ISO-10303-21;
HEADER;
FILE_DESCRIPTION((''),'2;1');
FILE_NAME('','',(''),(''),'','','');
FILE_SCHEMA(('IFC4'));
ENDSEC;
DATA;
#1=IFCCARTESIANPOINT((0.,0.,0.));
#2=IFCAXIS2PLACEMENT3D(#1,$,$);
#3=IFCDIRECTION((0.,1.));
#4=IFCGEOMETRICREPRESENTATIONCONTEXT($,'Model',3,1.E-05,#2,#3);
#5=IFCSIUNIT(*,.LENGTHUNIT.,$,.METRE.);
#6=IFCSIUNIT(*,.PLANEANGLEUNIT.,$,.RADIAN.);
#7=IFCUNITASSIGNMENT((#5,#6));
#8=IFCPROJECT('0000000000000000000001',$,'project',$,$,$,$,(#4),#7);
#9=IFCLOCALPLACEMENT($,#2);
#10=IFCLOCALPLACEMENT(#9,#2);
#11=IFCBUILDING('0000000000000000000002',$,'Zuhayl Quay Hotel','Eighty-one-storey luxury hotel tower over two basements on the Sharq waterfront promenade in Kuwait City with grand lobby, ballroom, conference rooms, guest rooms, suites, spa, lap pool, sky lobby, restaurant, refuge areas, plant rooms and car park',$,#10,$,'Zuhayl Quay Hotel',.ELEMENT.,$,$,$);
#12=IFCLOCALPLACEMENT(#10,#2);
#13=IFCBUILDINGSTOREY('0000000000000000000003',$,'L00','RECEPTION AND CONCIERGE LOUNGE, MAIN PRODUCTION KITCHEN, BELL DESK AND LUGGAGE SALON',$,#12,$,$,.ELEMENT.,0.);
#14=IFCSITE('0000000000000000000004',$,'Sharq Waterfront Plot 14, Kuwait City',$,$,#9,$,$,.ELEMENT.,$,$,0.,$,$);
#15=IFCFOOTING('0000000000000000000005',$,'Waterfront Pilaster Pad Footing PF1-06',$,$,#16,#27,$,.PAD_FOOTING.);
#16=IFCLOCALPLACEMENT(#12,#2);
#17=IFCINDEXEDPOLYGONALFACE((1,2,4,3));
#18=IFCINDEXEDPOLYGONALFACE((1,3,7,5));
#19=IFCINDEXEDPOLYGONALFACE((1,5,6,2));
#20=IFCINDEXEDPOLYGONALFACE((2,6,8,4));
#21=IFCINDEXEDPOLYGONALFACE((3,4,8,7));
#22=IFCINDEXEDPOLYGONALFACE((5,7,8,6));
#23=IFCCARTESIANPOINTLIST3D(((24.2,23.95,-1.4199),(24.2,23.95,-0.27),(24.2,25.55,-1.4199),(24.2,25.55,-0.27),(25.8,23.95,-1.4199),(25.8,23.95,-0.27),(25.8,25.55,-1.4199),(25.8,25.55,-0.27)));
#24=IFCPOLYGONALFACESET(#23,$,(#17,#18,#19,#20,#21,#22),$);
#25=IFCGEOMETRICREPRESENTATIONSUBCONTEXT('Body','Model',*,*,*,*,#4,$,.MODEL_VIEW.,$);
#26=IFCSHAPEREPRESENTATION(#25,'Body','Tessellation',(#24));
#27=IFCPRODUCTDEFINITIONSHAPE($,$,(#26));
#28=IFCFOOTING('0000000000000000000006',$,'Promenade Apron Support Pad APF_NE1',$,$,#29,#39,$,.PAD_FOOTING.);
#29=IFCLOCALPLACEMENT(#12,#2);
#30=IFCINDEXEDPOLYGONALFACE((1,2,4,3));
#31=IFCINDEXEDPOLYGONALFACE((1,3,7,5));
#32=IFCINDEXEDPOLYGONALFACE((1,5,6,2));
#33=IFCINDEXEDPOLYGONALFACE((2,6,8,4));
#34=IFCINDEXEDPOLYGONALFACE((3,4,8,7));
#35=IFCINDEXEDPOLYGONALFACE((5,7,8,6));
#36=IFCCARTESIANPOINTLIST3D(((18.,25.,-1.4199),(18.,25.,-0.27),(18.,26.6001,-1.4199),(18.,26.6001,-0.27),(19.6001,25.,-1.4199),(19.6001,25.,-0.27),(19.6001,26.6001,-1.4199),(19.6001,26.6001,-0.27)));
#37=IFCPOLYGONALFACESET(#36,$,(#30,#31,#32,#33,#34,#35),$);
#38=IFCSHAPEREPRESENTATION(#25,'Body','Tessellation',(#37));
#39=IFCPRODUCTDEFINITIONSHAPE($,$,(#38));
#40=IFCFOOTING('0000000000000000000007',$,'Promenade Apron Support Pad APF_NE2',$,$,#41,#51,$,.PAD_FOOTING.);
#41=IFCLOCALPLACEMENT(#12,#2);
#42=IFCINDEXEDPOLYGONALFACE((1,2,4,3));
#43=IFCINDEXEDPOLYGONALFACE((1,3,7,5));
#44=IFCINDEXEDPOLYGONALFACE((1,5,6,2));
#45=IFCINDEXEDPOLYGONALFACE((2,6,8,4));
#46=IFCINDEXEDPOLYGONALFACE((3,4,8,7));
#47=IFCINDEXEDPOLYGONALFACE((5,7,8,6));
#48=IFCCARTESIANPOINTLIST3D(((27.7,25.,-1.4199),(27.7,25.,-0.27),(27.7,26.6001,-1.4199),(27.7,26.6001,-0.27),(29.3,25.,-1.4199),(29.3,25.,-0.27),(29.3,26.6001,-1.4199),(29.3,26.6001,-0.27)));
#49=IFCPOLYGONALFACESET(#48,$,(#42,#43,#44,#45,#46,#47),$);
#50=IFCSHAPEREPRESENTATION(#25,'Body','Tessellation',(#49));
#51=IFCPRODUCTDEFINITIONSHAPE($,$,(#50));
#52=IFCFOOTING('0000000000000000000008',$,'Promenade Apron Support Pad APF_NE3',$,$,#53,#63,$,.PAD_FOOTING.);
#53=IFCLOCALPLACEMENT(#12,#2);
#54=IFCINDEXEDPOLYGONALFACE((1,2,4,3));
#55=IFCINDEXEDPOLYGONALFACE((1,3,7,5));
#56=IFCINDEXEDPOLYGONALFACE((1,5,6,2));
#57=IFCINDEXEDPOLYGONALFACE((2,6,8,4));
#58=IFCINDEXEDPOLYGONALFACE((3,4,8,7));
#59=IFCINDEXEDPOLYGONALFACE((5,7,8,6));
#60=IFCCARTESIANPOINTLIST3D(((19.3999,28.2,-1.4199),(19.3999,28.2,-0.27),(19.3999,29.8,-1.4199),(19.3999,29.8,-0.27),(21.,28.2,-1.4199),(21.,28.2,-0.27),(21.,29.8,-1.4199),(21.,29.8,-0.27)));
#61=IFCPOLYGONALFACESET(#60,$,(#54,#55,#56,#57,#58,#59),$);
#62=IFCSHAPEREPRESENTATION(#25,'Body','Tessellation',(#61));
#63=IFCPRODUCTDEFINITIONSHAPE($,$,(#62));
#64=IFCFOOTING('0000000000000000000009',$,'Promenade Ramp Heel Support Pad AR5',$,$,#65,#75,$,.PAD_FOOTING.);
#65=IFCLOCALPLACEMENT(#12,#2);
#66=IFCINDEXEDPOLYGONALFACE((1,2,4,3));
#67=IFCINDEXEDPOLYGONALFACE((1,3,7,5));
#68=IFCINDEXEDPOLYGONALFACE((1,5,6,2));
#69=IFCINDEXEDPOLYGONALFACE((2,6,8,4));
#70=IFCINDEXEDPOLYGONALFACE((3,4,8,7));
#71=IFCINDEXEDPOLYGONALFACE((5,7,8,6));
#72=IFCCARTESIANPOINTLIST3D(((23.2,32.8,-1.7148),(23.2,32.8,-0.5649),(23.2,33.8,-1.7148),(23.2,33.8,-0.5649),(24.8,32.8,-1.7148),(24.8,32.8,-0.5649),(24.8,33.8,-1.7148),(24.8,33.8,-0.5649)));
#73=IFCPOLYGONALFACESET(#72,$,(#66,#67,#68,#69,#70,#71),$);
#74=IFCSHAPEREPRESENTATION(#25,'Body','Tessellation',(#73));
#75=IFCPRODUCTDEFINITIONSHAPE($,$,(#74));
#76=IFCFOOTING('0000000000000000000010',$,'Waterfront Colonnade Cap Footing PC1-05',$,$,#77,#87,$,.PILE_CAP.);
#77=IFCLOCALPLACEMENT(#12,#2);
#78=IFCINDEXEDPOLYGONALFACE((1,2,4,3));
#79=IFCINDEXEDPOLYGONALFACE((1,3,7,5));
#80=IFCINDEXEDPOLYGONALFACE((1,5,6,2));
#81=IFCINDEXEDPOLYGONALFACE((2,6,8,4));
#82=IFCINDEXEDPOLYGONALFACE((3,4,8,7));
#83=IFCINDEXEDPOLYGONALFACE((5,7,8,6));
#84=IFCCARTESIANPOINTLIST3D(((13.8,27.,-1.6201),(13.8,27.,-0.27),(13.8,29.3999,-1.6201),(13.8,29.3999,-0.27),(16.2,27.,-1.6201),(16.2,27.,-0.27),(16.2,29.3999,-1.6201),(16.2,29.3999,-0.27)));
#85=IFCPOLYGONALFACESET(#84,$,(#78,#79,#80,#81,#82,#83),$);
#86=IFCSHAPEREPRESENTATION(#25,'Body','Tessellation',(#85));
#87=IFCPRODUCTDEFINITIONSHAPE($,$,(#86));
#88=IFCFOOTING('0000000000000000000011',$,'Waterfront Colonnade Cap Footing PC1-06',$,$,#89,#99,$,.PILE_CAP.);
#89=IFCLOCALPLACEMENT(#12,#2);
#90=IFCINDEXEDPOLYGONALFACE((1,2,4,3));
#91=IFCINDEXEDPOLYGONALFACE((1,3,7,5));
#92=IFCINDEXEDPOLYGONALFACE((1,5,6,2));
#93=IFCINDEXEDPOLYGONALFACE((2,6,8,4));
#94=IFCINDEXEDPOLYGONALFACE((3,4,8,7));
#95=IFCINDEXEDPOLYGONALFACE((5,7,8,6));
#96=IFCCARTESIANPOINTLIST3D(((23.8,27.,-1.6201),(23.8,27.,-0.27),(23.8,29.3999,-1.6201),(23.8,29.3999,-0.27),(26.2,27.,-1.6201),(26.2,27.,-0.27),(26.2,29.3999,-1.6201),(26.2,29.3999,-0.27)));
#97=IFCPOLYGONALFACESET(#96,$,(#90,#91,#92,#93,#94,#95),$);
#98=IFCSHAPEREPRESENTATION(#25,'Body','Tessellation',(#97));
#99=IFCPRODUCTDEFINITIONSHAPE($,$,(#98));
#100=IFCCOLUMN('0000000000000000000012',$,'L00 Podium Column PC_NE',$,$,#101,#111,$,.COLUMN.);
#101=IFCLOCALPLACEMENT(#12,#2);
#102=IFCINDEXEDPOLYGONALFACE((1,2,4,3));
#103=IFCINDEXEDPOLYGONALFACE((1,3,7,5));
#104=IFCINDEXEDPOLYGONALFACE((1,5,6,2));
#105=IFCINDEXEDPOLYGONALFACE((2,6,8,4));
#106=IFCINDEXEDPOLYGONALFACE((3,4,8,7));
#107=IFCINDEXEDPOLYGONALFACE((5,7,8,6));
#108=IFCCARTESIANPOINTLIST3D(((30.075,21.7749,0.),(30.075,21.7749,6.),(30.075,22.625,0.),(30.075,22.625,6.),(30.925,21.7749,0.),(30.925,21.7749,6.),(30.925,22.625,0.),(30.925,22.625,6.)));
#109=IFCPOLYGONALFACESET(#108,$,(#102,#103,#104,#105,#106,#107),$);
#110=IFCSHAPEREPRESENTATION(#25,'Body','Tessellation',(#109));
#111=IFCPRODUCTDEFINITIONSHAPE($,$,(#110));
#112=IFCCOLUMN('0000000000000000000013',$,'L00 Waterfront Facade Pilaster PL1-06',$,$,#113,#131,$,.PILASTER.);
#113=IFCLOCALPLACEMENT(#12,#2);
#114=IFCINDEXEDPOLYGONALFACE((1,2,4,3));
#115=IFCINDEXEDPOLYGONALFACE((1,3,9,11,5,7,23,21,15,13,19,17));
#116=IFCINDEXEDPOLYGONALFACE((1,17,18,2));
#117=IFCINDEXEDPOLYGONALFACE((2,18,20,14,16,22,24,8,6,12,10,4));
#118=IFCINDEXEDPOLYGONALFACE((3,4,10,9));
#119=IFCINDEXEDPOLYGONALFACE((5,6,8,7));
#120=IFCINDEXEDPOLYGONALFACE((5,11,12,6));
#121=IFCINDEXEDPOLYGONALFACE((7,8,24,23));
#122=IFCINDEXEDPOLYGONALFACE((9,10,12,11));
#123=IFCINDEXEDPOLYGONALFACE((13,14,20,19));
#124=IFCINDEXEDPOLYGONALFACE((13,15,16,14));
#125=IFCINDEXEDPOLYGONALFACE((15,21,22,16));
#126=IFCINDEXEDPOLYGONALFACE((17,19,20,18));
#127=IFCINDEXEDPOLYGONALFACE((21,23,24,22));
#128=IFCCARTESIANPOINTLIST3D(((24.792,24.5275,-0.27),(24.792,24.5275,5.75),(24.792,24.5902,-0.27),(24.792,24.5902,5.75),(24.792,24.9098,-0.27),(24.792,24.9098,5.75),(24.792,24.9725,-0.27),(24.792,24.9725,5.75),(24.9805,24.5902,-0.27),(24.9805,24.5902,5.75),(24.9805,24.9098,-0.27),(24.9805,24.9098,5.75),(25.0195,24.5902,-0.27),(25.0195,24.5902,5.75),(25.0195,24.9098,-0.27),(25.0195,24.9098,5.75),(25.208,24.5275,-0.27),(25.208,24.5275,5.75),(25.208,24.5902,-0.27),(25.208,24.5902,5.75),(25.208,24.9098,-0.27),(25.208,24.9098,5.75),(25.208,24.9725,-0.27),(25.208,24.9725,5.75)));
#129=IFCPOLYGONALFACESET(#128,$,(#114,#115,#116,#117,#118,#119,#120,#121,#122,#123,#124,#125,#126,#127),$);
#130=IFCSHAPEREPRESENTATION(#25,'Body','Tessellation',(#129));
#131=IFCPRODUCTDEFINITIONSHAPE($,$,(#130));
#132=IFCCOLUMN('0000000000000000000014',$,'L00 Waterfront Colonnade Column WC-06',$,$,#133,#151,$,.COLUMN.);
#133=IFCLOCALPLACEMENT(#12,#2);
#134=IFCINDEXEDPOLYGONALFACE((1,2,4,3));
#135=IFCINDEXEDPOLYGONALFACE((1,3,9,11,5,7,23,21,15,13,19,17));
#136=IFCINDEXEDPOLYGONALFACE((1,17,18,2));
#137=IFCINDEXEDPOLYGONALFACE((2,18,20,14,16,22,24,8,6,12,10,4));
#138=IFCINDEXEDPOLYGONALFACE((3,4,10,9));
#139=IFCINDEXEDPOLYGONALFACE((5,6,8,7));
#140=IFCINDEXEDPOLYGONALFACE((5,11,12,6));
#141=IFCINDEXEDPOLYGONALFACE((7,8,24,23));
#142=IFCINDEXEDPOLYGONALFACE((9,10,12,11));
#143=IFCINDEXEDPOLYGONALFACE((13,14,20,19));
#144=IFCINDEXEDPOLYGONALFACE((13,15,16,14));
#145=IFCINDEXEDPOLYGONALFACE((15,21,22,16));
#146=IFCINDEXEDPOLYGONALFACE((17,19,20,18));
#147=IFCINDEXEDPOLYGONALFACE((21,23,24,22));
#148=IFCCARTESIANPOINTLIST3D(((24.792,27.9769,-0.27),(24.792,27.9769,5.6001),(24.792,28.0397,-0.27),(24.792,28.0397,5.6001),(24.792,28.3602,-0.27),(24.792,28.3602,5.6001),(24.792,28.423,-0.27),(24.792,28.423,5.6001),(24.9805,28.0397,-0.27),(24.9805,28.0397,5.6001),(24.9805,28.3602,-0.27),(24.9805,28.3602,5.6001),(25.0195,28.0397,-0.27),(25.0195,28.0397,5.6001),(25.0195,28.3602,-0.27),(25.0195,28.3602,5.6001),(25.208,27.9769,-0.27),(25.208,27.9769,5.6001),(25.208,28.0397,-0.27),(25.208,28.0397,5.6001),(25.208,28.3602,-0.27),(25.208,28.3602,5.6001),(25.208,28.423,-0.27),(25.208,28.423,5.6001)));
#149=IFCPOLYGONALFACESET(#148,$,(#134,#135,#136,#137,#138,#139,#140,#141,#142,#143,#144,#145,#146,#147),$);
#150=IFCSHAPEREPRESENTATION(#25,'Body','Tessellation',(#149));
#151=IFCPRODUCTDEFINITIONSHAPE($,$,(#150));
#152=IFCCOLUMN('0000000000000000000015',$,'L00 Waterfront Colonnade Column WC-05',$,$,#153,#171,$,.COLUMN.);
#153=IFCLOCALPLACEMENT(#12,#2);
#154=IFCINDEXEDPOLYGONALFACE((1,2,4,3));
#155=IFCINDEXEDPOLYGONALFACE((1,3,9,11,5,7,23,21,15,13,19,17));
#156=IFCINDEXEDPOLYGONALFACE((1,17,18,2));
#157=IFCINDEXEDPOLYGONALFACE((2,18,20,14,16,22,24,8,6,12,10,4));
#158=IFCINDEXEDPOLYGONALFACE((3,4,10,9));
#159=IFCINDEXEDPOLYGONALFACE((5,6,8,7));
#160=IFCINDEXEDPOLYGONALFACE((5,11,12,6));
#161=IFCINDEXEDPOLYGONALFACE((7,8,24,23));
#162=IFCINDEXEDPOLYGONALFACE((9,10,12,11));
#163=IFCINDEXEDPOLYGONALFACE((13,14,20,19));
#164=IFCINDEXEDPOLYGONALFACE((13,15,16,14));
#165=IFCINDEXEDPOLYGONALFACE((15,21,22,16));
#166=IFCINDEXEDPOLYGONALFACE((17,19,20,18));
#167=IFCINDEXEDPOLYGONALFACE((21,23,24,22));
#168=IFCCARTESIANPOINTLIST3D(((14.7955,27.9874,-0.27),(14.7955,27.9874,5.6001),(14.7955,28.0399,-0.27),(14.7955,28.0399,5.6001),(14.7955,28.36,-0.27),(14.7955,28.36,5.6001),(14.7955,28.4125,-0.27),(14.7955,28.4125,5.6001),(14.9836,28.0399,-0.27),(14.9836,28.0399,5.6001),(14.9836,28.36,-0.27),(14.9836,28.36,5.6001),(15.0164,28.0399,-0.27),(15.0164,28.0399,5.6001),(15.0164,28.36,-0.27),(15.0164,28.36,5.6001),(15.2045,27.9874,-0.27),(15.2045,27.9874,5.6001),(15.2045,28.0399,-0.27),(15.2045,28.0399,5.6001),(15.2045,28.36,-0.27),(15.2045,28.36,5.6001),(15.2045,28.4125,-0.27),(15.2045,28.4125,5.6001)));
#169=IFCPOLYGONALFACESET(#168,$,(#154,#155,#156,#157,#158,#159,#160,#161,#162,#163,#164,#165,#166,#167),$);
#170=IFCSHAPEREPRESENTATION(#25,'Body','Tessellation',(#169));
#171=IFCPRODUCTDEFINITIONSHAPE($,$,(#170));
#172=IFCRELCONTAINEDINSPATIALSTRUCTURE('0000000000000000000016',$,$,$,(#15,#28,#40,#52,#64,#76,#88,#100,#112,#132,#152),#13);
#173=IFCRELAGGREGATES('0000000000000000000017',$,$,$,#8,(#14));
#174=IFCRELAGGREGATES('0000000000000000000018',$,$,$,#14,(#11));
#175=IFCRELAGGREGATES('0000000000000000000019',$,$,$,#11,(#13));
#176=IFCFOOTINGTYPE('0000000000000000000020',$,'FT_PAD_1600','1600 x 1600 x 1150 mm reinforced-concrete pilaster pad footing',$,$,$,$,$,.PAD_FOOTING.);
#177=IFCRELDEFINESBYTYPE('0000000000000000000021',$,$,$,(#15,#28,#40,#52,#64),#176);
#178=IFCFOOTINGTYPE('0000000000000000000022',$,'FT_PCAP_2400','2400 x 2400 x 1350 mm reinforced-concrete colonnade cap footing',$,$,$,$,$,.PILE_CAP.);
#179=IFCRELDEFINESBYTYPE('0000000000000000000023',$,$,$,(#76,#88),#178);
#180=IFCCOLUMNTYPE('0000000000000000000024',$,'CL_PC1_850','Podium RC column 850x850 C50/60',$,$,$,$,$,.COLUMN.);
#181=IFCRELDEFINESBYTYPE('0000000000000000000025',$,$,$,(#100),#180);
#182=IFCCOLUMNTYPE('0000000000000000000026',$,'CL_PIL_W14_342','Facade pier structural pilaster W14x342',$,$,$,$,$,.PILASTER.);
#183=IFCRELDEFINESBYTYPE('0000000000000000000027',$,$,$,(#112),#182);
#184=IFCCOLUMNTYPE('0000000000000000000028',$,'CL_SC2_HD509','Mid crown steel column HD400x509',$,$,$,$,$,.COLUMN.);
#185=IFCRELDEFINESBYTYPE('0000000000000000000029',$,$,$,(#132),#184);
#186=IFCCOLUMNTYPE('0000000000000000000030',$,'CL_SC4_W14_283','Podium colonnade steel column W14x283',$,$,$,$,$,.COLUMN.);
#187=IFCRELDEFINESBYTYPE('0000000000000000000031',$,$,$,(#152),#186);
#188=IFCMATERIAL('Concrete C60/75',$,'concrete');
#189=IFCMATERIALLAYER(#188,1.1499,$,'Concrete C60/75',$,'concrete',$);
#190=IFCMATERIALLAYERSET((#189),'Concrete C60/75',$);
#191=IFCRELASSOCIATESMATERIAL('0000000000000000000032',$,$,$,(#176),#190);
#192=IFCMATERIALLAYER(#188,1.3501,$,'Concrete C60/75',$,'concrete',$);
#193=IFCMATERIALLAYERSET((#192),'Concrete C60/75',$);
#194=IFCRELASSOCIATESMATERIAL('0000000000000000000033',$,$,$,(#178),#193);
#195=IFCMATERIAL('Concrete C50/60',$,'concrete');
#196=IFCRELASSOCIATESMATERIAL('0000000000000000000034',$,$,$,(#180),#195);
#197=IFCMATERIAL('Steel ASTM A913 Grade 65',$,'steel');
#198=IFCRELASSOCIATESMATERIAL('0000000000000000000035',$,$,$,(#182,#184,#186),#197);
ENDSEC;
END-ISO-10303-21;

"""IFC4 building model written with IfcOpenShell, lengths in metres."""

from ifc_helpers import new_model, si_unit, direction, frame, origin, origin_2d, place, context, subcontext, project, spatial, rectangle, i_section, extrude, material, layer, layer_set, material_profile, profile_set, type_object, element, save


model = new_model("IFC4")

# Units and contexts
model_context = context("Model", 3, precision=1e-05, world=origin(), true_north=direction((0.0, 1.0)))
body_context = subcontext(model_context, "Body", "Model", "MODEL_VIEW")
ifc_project = project(units=[si_unit("LENGTHUNIT", "METRE"), si_unit("PLANEANGLEUNIT", "RADIAN")], contexts=[model_context])

# Site, building, storey
site_placement = place(None, origin())
site = spatial("IfcSite", under=ifc_project, at=site_placement, Name="Sharq Waterfront Plot 14, Kuwait City", CompositionType="ELEMENT", RefElevation=0.0)
building_placement = place(site_placement, origin())
building = spatial("IfcBuilding", under=site, at=building_placement, Name="Zuhayl Quay Hotel", Description="Eighty-one-storey luxury hotel tower over two basements on the Sharq waterfront promenade in Kuwait City with grand lobby, ballroom, conference rooms, guest rooms, suites, spa, lap pool, sky lobby, restaurant, refuge areas, plant rooms and car park", LongName="Zuhayl Quay Hotel", CompositionType="ELEMENT")
storey_placement = place(building_placement, origin())
storey = spatial("IfcBuildingStorey", under=building, at=storey_placement, Name="L00", Description="RECEPTION AND CONCIERGE LOUNGE, MAIN PRODUCTION KITCHEN, BELL DESK AND LUGGAGE SALON", CompositionType="ELEMENT", Elevation=0.0)

# Footings
ifc_material_1 = material(Name="Concrete C60/75", Category="concrete")
ifc_layer_1 = layer(ifc_material_1, 1.1499, Name="Concrete C60/75", Category="concrete")
ifc_layer_set_1 = layer_set([ifc_layer_1], Name="Concrete C60/75")
footing_type_1 = type_object("IfcFootingType", Name="FT_PAD_1600", Description="1600 x 1600 x 1150 mm reinforced-concrete pilaster pad footing", PredefinedType="PAD_FOOTING", material=ifc_layer_set_1)
for number, where, z_axis, x_axis, name in (
    (1, (25.0, 24.75, -1.4199), (0.0, 0.0, 1.0), (1.0, 0.0, 0.0), "Waterfront Pilaster Pad Footing PF1-06"),
    (2, (18.8, 25.8, -1.4199), (0.0, 0.0, 1.0), (1.0, 0.0, 0.0), "Promenade Apron Support Pad APF_NE1"),
    (3, (28.5, 25.8, -1.4199), (0.0, 0.0, 1.0), (1.0, 0.0, 0.0), "Promenade Apron Support Pad APF_NE2"),
    (4, (20.2, 29.0, -1.4199), (0.0, 0.0, 1.0), (1.0, 0.0, 0.0), "Promenade Apron Support Pad APF_NE3"),
):
    element("IfcFooting", number, at=place(storey_placement, frame(where, z_axis=z_axis, x_axis=x_axis)), inside=storey, type_object=footing_type_1, Name=name, PredefinedType="PAD_FOOTING", context=body_context, shape_type="SweptSolid", body=[
        extrude(rectangle(XDim=1.6001, YDim=1.6001, at=origin_2d()), origin(), (0.0, 0.0, 1.0), 1.1499),
    ])
footing_placement = place(storey_placement, frame((24.0, 33.3, -1.7148), z_axis=(0.0, 0.0, 1.0), x_axis=(1.0, 0.0, 0.0)))
element("IfcFooting", 5, at=footing_placement, inside=storey, type_object=footing_type_1, Name="Promenade Ramp Heel Support Pad AR5", PredefinedType="PAD_FOOTING", context=body_context, shape_type="SweptSolid", body=[
    extrude(rectangle(XDim=1.6001, YDim=1.0, at=origin_2d()), origin(), (0.0, 0.0, 1.0), 1.1499),
])
ifc_layer_2 = layer(ifc_material_1, 1.3501, Name="Concrete C60/75", Category="concrete")
ifc_layer_set_2 = layer_set([ifc_layer_2], Name="Concrete C60/75")
footing_type_2 = type_object("IfcFootingType", Name="FT_PCAP_2400", Description="2400 x 2400 x 1350 mm reinforced-concrete colonnade cap footing", PredefinedType="PILE_CAP", material=ifc_layer_set_2)
for number, where, z_axis, x_axis, name in (
    (6, (15.0, 28.2, -1.6201), (0.0, 0.0, 1.0), (1.0, 0.0, 0.0), "Waterfront Colonnade Cap Footing PC1-05"),
    (7, (25.0, 28.2, -1.6201), (0.0, 0.0, 1.0), (1.0, 0.0, 0.0), "Waterfront Colonnade Cap Footing PC1-06"),
):
    element("IfcFooting", number, at=place(storey_placement, frame(where, z_axis=z_axis, x_axis=x_axis)), inside=storey, type_object=footing_type_2, Name=name, PredefinedType="PILE_CAP", context=body_context, shape_type="SweptSolid", body=[
        extrude(rectangle(XDim=2.3999, YDim=2.3999, at=origin_2d()), origin(), (0.0, 0.0, 1.0), 1.3501),
    ])

# Columns
ifc_material_2 = material(Name="Concrete C50/60", Category="concrete")
ifc_material_profile_1 = material_profile(ifc_material_2, rectangle(XDim=0.8501, YDim=0.8501, at=origin_2d()), Name="RC850X850")
ifc_profile_set_1 = profile_set([ifc_material_profile_1], Name="Concrete C50/60")
column_type_1 = type_object("IfcColumnType", Name="CL_PC1_850", Description="Podium RC column 850x850 C50/60", PredefinedType="COLUMN", material=ifc_profile_set_1)
column_1_placement = place(storey_placement, frame((30.5, 22.2, 0.0), z_axis=(0.0, 0.0, 1.0), x_axis=(1.0, 0.0, 0.0)))
element("IfcColumn", 8, at=column_1_placement, inside=storey, type_object=column_type_1, Name="L00 Podium Column PC_NE", PredefinedType="COLUMN", context=body_context, shape_type="SweptSolid", body=[
    extrude(rectangle(XDim=0.8501, YDim=0.8501, at=origin_2d()), origin(), (0.0, 0.0, 1.0), 6.0),
])
ifc_material_3 = material(Name="Steel ASTM A913 Grade 65", Category="steel")
ifc_material_profile_2 = material_profile(ifc_material_3, i_section(OverallWidth=0.416, OverallDepth=0.4451, WebThickness=0.0391, FlangeThickness=0.0627, at=origin_2d()), Name="W14X342")
ifc_profile_set_2 = profile_set([ifc_material_profile_2], Name="Steel ASTM A913 Grade 65")
column_type_2 = type_object("IfcColumnType", Name="CL_PIL_W14_342", Description="Facade pier structural pilaster W14x342", PredefinedType="PILASTER", material=ifc_profile_set_2)
column_2_placement = place(storey_placement, frame((25.0, 24.75, -0.27), z_axis=(0.0, 0.0, 1.0), x_axis=(1.0, 0.0, 0.0)))
element("IfcColumn", 9, at=column_2_placement, inside=storey, type_object=column_type_2, Name="L00 Waterfront Facade Pilaster PL1-06", PredefinedType="PILASTER", context=body_context, shape_type="SweptSolid", body=[
    extrude(i_section(OverallWidth=0.416, OverallDepth=0.4451, WebThickness=0.0391, FlangeThickness=0.0627, at=origin_2d()), origin(), (0.0, 0.0, 1.0), 6.02),
])
ifc_material_profile_3 = material_profile(ifc_material_3, i_section(OverallWidth=0.416, OverallDepth=0.446, WebThickness=0.0391, FlangeThickness=0.0627, at=origin_2d()), Name="HD400X509")
ifc_profile_set_3 = profile_set([ifc_material_profile_3], Name="Steel ASTM A913 Grade 65")
column_type_3 = type_object("IfcColumnType", Name="CL_SC2_HD509", Description="Mid crown steel column HD400x509", PredefinedType="COLUMN", material=ifc_profile_set_3)
column_3_placement = place(storey_placement, frame((25.0, 28.2, -0.27), z_axis=(0.0, 0.0, 1.0), x_axis=(1.0, 0.0, 0.0)))
element("IfcColumn", 10, at=column_3_placement, inside=storey, type_object=column_type_3, Name="L00 Waterfront Colonnade Column WC-06", PredefinedType="COLUMN", context=body_context, shape_type="SweptSolid", body=[
    extrude(i_section(OverallWidth=0.416, OverallDepth=0.446, WebThickness=0.0391, FlangeThickness=0.0627, at=origin_2d()), origin(), (0.0, 0.0, 1.0), 5.8701),
])
ifc_material_profile_4 = material_profile(ifc_material_3, i_section(OverallWidth=0.4089, OverallDepth=0.425, WebThickness=0.0327, FlangeThickness=0.0525, at=origin_2d()), Name="W14X283")
ifc_profile_set_4 = profile_set([ifc_material_profile_4], Name="Steel ASTM A913 Grade 65")
column_type_4 = type_object("IfcColumnType", Name="CL_SC4_W14_283", Description="Podium colonnade steel column W14x283", PredefinedType="COLUMN", material=ifc_profile_set_4)
column_4_placement = place(storey_placement, frame((15.0, 28.2, -0.27), z_axis=(0.0, 0.0, 1.0), x_axis=(1.0, 0.0, 0.0)))
element("IfcColumn", 11, at=column_4_placement, inside=storey, type_object=column_type_4, Name="L00 Waterfront Colonnade Column WC-05", PredefinedType="COLUMN", context=body_context, shape_type="SweptSolid", body=[
    extrude(i_section(OverallWidth=0.4089, OverallDepth=0.425, WebThickness=0.0327, FlangeThickness=0.0525, at=origin_2d()), origin(), (0.0, 0.0, 1.0), 5.8701),
])

save(model, "model.ifc")
